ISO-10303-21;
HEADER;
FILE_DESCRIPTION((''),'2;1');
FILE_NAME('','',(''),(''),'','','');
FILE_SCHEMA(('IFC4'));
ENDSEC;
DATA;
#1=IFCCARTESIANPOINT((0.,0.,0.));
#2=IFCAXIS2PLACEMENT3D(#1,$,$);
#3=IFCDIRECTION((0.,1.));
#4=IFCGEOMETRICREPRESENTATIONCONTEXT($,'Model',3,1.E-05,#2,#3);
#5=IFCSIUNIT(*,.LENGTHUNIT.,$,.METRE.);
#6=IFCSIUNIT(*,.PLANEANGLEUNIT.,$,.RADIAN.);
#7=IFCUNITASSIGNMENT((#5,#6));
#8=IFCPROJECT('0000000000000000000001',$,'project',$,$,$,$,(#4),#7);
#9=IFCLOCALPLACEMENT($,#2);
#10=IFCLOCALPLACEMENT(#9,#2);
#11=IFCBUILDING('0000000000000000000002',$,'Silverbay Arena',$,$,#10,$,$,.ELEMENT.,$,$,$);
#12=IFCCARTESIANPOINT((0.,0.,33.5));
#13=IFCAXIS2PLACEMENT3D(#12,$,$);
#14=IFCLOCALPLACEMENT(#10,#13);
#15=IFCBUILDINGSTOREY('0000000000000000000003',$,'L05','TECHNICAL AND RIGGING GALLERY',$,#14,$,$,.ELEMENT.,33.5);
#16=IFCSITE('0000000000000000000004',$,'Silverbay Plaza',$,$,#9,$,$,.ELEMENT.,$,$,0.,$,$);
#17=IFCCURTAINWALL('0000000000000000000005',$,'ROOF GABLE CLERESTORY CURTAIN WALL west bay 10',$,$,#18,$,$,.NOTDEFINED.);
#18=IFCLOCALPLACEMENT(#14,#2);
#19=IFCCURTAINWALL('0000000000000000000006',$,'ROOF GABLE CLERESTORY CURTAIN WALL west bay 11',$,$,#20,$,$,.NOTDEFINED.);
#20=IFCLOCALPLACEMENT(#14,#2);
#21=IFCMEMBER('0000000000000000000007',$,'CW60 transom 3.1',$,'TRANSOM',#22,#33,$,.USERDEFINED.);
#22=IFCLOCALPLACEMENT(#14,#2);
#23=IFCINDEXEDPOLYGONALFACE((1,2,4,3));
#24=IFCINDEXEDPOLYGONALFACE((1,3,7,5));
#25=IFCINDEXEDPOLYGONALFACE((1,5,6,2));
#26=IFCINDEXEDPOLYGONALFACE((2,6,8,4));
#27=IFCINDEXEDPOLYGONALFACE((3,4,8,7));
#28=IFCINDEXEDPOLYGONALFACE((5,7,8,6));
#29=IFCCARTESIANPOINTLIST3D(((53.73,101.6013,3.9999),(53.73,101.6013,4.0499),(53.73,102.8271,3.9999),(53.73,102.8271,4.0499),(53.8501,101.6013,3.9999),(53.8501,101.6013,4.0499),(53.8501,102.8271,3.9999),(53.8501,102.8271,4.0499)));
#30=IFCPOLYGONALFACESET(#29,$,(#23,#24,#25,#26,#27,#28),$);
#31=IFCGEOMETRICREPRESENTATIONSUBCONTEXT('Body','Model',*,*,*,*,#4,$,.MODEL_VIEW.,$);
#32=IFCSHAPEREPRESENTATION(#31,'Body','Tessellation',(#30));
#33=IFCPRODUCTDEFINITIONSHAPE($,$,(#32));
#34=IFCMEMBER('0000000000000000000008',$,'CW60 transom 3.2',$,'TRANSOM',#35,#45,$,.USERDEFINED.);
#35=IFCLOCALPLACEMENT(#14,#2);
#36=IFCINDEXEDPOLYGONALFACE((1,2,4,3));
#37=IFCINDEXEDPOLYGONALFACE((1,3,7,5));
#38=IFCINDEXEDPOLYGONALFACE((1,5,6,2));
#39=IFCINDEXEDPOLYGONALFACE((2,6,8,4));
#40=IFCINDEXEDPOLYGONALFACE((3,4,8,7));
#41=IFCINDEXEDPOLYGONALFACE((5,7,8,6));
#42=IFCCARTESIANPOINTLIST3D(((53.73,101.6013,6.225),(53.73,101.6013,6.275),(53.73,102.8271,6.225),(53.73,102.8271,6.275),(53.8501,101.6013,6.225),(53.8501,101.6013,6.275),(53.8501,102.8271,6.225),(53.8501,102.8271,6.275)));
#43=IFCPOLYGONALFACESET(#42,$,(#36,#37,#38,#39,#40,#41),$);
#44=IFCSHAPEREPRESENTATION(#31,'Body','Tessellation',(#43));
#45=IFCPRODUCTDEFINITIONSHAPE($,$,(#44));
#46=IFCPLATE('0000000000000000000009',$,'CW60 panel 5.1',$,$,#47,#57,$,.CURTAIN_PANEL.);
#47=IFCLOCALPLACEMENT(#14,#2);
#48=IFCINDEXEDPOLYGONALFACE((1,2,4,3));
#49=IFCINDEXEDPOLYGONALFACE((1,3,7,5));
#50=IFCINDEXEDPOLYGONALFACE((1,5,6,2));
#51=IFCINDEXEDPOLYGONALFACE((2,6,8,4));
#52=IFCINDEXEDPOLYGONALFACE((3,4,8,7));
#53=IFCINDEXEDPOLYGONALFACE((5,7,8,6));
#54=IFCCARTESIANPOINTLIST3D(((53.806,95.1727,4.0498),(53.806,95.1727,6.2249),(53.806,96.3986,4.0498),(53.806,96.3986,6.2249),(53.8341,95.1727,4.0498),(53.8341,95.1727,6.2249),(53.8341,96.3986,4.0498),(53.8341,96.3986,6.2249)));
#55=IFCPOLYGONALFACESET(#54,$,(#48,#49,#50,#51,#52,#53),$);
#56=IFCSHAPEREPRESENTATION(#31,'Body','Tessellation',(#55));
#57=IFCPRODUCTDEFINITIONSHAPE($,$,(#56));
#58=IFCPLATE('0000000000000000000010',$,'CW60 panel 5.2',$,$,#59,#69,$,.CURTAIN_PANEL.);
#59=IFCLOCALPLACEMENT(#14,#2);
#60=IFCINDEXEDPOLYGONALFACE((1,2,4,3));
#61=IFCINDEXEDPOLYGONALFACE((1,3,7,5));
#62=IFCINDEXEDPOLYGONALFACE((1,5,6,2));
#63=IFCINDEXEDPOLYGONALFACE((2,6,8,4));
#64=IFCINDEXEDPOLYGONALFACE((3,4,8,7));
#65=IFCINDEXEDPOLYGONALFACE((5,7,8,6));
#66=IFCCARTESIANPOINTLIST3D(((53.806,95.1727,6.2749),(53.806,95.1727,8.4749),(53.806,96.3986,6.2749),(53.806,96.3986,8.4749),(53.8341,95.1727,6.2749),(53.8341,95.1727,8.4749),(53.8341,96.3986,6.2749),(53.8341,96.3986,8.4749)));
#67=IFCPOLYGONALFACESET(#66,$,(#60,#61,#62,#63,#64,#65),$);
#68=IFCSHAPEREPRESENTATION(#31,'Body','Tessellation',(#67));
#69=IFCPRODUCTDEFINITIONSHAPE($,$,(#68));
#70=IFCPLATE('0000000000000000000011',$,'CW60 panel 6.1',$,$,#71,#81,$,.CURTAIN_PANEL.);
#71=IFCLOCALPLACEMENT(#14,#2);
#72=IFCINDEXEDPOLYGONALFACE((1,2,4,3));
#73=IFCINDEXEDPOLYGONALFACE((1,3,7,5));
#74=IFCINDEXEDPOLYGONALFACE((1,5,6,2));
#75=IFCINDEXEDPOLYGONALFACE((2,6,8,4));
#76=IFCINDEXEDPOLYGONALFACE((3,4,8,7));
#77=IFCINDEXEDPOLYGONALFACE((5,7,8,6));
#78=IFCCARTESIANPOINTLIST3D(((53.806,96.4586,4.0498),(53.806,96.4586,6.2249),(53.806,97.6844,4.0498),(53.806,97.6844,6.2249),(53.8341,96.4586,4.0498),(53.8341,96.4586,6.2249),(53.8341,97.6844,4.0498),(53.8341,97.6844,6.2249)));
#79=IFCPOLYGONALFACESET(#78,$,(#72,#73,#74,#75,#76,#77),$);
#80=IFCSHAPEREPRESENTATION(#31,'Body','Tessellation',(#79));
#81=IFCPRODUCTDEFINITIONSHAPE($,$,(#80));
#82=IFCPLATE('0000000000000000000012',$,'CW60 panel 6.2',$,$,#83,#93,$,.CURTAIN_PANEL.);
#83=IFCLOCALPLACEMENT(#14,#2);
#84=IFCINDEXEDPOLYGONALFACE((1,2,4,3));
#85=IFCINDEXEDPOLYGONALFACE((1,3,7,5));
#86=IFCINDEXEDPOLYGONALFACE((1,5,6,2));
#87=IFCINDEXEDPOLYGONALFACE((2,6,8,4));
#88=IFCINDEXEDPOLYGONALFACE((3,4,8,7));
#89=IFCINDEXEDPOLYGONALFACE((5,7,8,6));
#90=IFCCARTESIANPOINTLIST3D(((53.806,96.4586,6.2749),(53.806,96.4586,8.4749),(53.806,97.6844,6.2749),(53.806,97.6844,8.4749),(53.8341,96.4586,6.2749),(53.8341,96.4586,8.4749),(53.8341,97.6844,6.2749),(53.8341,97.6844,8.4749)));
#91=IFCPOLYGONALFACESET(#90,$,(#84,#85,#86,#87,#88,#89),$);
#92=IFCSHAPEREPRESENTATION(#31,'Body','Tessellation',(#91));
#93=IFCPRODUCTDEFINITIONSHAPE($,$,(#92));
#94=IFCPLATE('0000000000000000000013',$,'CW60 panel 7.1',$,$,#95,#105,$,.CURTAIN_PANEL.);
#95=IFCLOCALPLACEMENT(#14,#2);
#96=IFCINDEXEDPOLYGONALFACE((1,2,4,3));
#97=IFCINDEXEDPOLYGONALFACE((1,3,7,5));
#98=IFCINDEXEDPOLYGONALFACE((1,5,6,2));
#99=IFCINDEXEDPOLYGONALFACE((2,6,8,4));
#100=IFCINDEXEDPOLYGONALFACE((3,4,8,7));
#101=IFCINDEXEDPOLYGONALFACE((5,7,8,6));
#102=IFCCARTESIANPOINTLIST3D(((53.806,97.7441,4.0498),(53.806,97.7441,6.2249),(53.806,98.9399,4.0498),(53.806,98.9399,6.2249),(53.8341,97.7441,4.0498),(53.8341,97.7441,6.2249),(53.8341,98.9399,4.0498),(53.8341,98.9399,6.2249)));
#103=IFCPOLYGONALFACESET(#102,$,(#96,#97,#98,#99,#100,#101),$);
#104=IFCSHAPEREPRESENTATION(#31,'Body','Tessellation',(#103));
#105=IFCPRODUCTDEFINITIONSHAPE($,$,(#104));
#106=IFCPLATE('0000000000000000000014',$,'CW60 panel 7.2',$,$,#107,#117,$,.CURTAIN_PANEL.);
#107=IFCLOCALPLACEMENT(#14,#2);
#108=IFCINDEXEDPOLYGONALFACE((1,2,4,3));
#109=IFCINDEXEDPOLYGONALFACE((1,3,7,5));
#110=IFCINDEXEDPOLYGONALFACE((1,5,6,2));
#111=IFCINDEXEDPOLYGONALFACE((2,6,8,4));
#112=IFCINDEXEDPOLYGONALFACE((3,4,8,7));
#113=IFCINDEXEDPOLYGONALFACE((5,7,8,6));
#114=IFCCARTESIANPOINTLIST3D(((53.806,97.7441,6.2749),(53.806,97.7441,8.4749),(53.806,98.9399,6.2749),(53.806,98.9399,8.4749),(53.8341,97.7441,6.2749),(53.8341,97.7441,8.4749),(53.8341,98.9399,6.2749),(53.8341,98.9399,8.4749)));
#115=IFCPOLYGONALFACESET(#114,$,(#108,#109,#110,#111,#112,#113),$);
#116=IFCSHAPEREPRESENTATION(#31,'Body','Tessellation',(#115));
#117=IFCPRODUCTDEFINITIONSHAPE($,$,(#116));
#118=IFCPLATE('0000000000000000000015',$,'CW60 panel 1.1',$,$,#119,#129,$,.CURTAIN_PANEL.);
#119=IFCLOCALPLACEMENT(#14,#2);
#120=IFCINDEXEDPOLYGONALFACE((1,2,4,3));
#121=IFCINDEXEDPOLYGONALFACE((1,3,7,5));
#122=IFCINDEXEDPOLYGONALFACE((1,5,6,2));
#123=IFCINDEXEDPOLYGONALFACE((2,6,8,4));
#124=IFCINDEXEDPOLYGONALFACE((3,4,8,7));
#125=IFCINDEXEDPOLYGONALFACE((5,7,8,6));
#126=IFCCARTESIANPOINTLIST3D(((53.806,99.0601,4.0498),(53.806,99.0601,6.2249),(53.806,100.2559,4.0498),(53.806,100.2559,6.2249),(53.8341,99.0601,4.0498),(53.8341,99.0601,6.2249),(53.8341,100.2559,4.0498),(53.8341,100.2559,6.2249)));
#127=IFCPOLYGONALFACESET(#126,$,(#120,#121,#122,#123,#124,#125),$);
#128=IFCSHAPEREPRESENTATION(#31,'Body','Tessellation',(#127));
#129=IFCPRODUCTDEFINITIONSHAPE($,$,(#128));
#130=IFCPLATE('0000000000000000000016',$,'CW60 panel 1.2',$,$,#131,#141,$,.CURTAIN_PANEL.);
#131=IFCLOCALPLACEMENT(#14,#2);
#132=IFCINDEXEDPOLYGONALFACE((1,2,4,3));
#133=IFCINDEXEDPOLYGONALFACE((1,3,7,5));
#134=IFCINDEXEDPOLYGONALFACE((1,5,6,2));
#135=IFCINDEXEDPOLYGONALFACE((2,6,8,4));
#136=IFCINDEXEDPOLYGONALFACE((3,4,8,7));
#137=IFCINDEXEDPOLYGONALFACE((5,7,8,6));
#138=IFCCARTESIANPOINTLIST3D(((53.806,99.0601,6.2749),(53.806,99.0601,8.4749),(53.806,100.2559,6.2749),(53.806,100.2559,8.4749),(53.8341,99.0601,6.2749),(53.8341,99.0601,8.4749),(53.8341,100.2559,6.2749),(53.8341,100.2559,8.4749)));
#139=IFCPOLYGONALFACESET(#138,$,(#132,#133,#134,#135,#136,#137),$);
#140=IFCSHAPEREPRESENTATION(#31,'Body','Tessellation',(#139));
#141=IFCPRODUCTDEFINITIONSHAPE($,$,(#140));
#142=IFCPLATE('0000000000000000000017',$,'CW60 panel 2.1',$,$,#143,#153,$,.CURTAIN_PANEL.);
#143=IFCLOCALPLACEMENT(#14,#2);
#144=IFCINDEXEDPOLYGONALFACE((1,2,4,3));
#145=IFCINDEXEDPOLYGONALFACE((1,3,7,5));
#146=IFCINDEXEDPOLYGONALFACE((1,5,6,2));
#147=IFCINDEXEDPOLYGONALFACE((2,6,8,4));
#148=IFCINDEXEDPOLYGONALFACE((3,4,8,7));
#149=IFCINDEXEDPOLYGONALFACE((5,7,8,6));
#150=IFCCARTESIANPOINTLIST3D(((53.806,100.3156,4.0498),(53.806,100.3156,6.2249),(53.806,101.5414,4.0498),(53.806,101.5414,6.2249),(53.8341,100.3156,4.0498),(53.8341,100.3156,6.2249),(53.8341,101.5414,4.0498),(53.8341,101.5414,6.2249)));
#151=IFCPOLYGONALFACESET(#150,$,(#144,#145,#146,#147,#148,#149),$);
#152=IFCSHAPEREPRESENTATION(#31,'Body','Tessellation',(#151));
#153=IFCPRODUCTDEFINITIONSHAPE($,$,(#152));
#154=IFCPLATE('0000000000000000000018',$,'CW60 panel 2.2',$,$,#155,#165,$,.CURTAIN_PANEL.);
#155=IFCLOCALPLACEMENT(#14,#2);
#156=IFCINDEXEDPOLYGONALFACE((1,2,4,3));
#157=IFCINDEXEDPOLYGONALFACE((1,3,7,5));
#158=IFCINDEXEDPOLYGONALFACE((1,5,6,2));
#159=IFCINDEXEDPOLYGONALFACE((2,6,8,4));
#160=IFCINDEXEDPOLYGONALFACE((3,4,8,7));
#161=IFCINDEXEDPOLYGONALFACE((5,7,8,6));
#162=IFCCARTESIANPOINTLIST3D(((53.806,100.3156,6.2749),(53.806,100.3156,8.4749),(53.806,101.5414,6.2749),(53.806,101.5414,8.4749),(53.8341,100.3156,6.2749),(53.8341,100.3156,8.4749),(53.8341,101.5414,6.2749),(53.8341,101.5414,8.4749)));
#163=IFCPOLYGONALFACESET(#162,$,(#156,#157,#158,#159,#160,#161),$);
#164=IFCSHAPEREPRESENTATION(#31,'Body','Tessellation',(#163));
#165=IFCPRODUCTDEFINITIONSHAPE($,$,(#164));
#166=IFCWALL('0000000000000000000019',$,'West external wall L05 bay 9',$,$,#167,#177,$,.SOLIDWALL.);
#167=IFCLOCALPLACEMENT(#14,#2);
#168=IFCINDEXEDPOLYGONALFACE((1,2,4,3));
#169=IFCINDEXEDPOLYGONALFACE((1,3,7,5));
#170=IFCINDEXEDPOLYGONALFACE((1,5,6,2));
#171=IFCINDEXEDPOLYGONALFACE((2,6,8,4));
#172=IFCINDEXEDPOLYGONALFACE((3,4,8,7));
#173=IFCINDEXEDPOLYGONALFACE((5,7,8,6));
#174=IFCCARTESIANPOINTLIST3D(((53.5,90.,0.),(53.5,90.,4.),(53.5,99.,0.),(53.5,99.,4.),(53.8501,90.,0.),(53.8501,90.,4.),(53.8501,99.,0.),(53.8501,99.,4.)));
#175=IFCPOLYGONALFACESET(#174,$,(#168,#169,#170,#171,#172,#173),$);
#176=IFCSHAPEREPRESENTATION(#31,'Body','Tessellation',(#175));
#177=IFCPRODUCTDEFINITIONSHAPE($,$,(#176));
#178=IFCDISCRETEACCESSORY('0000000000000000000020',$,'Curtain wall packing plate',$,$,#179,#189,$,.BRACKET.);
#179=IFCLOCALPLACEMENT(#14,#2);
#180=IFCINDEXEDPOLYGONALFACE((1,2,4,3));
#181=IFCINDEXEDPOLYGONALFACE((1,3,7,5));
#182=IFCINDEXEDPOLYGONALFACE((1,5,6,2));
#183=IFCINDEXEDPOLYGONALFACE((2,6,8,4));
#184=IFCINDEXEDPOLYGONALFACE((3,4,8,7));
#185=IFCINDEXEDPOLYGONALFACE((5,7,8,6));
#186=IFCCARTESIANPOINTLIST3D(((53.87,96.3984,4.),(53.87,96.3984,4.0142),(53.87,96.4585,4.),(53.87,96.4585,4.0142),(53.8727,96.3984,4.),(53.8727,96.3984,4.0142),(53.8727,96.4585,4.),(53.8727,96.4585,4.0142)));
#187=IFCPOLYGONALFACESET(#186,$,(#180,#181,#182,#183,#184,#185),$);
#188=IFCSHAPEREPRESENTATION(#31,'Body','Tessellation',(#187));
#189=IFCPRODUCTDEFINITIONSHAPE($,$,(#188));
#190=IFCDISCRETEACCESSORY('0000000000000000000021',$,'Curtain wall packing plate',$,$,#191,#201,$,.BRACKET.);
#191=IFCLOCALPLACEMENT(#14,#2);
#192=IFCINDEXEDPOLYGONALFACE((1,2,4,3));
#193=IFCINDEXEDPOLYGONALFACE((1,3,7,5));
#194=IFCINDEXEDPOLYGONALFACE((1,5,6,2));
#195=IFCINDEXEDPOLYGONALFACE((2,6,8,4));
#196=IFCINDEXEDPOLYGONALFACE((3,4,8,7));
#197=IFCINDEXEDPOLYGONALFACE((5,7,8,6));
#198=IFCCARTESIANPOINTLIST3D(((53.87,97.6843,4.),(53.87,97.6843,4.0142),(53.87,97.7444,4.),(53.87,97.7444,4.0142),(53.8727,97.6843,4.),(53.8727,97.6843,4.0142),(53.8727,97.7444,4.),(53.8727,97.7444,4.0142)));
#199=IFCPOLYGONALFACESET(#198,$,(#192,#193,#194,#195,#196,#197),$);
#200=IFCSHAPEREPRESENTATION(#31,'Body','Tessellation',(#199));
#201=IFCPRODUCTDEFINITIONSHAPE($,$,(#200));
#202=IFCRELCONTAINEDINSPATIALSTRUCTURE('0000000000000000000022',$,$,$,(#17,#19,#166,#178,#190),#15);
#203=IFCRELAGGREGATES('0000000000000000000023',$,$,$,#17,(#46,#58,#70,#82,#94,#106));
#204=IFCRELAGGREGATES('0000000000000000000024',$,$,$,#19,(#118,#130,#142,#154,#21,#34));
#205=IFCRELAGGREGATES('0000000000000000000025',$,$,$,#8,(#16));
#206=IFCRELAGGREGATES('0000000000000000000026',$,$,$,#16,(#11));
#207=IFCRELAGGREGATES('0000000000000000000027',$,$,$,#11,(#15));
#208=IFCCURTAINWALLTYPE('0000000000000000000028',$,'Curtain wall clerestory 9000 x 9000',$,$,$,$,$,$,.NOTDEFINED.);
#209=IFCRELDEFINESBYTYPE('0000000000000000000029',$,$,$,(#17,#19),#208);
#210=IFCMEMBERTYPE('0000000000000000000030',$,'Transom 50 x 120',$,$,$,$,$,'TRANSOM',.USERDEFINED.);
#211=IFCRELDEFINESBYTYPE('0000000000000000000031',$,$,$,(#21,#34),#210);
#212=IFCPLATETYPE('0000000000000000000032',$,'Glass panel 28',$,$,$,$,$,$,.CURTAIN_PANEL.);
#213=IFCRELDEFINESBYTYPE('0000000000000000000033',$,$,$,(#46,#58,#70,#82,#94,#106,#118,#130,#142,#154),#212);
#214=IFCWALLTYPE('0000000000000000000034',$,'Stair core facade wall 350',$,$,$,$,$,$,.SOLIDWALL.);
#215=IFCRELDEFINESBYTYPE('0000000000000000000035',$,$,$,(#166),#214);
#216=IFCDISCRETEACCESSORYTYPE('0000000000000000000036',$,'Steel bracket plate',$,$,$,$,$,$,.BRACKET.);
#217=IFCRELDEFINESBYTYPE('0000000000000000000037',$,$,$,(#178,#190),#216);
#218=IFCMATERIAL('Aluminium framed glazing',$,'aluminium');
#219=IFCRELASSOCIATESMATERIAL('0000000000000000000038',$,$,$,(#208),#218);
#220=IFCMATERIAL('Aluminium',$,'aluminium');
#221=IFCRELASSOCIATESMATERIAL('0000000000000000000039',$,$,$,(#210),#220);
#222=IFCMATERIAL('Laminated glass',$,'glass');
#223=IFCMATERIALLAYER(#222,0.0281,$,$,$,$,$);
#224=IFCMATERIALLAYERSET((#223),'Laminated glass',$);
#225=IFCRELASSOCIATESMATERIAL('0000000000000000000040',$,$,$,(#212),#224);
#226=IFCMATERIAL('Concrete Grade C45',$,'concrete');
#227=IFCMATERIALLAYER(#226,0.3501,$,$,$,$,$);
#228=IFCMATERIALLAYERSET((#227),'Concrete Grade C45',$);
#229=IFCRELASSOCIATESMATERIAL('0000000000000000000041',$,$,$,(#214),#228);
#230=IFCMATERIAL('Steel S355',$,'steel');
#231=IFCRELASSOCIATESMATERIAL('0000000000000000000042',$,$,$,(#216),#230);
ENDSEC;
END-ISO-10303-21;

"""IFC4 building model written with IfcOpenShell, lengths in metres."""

from ifc_helpers import new_model, si_unit, direction, frame, frame_2d, origin, origin_2d, place, context, subcontext, project, spatial, rectangle, extrude, material, layer, layer_set, material_profile, profile_set, type_object, element, aggregate, save


model = new_model("IFC4")

# Units and contexts
model_context = context("Model", 3, precision=1e-05, world=origin(), true_north=direction((0.0, 1.0)))
body_context = subcontext(model_context, "Body", "Model", "MODEL_VIEW")
ifc_project = project(units=[si_unit("LENGTHUNIT", "METRE"), si_unit("PLANEANGLEUNIT", "RADIAN")], contexts=[model_context])

# Site, building, storey
site_placement = place(None, origin())
site = spatial("IfcSite", under=ifc_project, at=site_placement, Name="Silverbay Plaza", CompositionType="ELEMENT", RefElevation=0.0)
building_placement = place(site_placement, origin())
building = spatial("IfcBuilding", under=site, at=building_placement, Name="Silverbay Arena", CompositionType="ELEMENT")
storey_placement = place(building_placement, frame((0.0, 0.0, 33.5)))
storey = spatial("IfcBuildingStorey", under=building, at=storey_placement, Name="L05", Description="TECHNICAL AND RIGGING GALLERY", CompositionType="ELEMENT", Elevation=33.5)

# Curtain walls
ifc_material_1 = material(Name="Aluminium framed glazing", Category="aluminium")
curtain_wall_type = type_object("IfcCurtainWallType", Name="Curtain wall clerestory 9000 x 9000", PredefinedType="NOTDEFINED", material=ifc_material_1)
curtain_wall_1_placement = place(storey_placement, origin())
curtain_wall_1 = element("IfcCurtainWall", 1, at=curtain_wall_1_placement, inside=storey, type_object=curtain_wall_type, Name="ROOF GABLE CLERESTORY CURTAIN WALL west bay 10", PredefinedType="NOTDEFINED")
curtain_wall_2_placement = place(storey_placement, origin())
curtain_wall_2 = element("IfcCurtainWall", 2, at=curtain_wall_2_placement, inside=storey, type_object=curtain_wall_type, Name="ROOF GABLE CLERESTORY CURTAIN WALL west bay 11", PredefinedType="NOTDEFINED")

# Members
ifc_material_2 = material(Name="Aluminium", Category="aluminium")
ifc_material_profile_1 = material_profile(ifc_material_2, rectangle(XDim=0.1201, YDim=0.05, at=origin_2d()), Name="Transom 50 x 120")
ifc_profile_set_1 = profile_set([ifc_material_profile_1], Name="Aluminium")
member_type_1 = type_object("IfcMemberType", Name="Transom 50 x 120", ElementType="TRANSOM", PredefinedType="USERDEFINED", material=ifc_profile_set_1)
member_1_placement = place(storey_placement, frame((53.79, 101.6013, 4.0249), z_axis=(0.0, 1.0, 0.0), x_axis=(-1.0, 0.0, 0.0)))
member_1 = element("IfcMember", 3, at=member_1_placement, type_object=member_type_1, Name="CW60 transom 3.1", ObjectType="TRANSOM", PredefinedType="USERDEFINED", context=body_context, shape_type="SweptSolid", body=[
    extrude(rectangle(XDim=0.1201, YDim=0.05, at=origin_2d()), origin(), (0.0, 0.0, 1.0), 1.2258),
])
member_2_placement = place(storey_placement, frame((53.79, 101.6013, 6.25), z_axis=(0.0, 1.0, 0.0), x_axis=(-1.0, 0.0, 0.0)))
member_2 = element("IfcMember", 4, at=member_2_placement, type_object=member_type_1, Name="CW60 transom 3.2", ObjectType="TRANSOM", PredefinedType="USERDEFINED", context=body_context, shape_type="SweptSolid", body=[
    extrude(rectangle(XDim=0.1201, YDim=0.05, at=origin_2d()), origin(), (0.0, 0.0, 1.0), 1.2258),
])

# Plates
ifc_material_3 = material(Name="Laminated glass", Category="glass")
ifc_layer_1 = layer(ifc_material_3, 0.0281)
ifc_layer_set_1 = layer_set([ifc_layer_1], Name="Laminated glass")
plate_type = type_object("IfcPlateType", Name="Glass panel 28", PredefinedType="CURTAIN_PANEL", material=ifc_layer_set_1)
plate_1_placement = place(storey_placement, frame((53.8201, 95.7856, 4.0498), z_axis=(0.0, 0.0, 1.0), x_axis=(0.0, 1.0, 0.0)))
plate_1 = element("IfcPlate", 5, at=plate_1_placement, type_object=plate_type, Name="CW60 panel 5.1", PredefinedType="CURTAIN_PANEL", context=body_context, shape_type="SweptSolid", body=[
    extrude(rectangle(XDim=1.2258, YDim=0.0281, at=origin_2d()), origin(), (0.0, 0.0, 1.0), 2.175),
])
plate_2_placement = place(storey_placement, frame((53.8201, 95.7856, 6.2749), z_axis=(0.0, 0.0, 1.0), x_axis=(0.0, 1.0, 0.0)))
plate_2 = element("IfcPlate", 6, at=plate_2_placement, type_object=plate_type, Name="CW60 panel 5.2", PredefinedType="CURTAIN_PANEL", context=body_context, shape_type="SweptSolid", body=[
    extrude(rectangle(XDim=1.2258, YDim=0.0281, at=origin_2d()), origin(), (0.0, 0.0, 1.0), 2.2),
])
plate_3_placement = place(storey_placement, frame((53.8201, 97.0715, 4.0498), z_axis=(0.0, 0.0, 1.0), x_axis=(0.0, 1.0, 0.0)))
plate_3 = element("IfcPlate", 7, at=plate_3_placement, type_object=plate_type, Name="CW60 panel 6.1", PredefinedType="CURTAIN_PANEL", context=body_context, shape_type="SweptSolid", body=[
    extrude(rectangle(XDim=1.2258, YDim=0.0281, at=origin_2d()), origin(), (0.0, 0.0, 1.0), 2.175),
])
plate_4_placement = place(storey_placement, frame((53.8201, 97.0715, 6.2749), z_axis=(0.0, 0.0, 1.0), x_axis=(0.0, 1.0, 0.0)))
plate_4 = element("IfcPlate", 8, at=plate_4_placement, type_object=plate_type, Name="CW60 panel 6.2", PredefinedType="CURTAIN_PANEL", context=body_context, shape_type="SweptSolid", body=[
    extrude(rectangle(XDim=1.2258, YDim=0.0281, at=origin_2d()), origin(), (0.0, 0.0, 1.0), 2.2),
])
plate_5_placement = place(storey_placement, frame((53.8201, 98.342, 4.0498), z_axis=(0.0, 0.0, 1.0), x_axis=(0.0, 1.0, 0.0)))
plate_5 = element("IfcPlate", 9, at=plate_5_placement, type_object=plate_type, Name="CW60 panel 7.1", PredefinedType="CURTAIN_PANEL", context=body_context, shape_type="SweptSolid", body=[
    extrude(rectangle(XDim=1.1958, YDim=0.0281, at=origin_2d()), origin(), (0.0, 0.0, 1.0), 2.175),
])
plate_6_placement = place(storey_placement, frame((53.8201, 98.342, 6.2749), z_axis=(0.0, 0.0, 1.0), x_axis=(0.0, 1.0, 0.0)))
plate_6 = element("IfcPlate", 10, at=plate_6_placement, type_object=plate_type, Name="CW60 panel 7.2", PredefinedType="CURTAIN_PANEL", context=body_context, shape_type="SweptSolid", body=[
    extrude(rectangle(XDim=1.1958, YDim=0.0281, at=origin_2d()), origin(), (0.0, 0.0, 1.0), 2.2),
])
aggregate(curtain_wall_1, [plate_1, plate_2, plate_3, plate_4, plate_5, plate_6])
plate_7_placement = place(storey_placement, frame((53.8201, 99.658, 4.0498), z_axis=(0.0, 0.0, 1.0), x_axis=(0.0, 1.0, 0.0)))
plate_7 = element("IfcPlate", 11, at=plate_7_placement, type_object=plate_type, Name="CW60 panel 1.1", PredefinedType="CURTAIN_PANEL", context=body_context, shape_type="SweptSolid", body=[
    extrude(rectangle(XDim=1.1958, YDim=0.0281, at=origin_2d()), origin(), (0.0, 0.0, 1.0), 2.175),
])
plate_8_placement = place(storey_placement, frame((53.8201, 99.658, 6.2749), z_axis=(0.0, 0.0, 1.0), x_axis=(0.0, 1.0, 0.0)))
plate_8 = element("IfcPlate", 12, at=plate_8_placement, type_object=plate_type, Name="CW60 panel 1.2", PredefinedType="CURTAIN_PANEL", context=body_context, shape_type="SweptSolid", body=[
    extrude(rectangle(XDim=1.1958, YDim=0.0281, at=origin_2d()), origin(), (0.0, 0.0, 1.0), 2.2),
])
plate_9_placement = place(storey_placement, frame((53.8201, 100.9285, 4.0498), z_axis=(0.0, 0.0, 1.0), x_axis=(0.0, 1.0, 0.0)))
plate_9 = element("IfcPlate", 13, at=plate_9_placement, type_object=plate_type, Name="CW60 panel 2.1", PredefinedType="CURTAIN_PANEL", context=body_context, shape_type="SweptSolid", body=[
    extrude(rectangle(XDim=1.2258, YDim=0.0281, at=origin_2d()), origin(), (0.0, 0.0, 1.0), 2.175),
])
plate_10_placement = place(storey_placement, frame((53.8201, 100.9285, 6.2749), z_axis=(0.0, 0.0, 1.0), x_axis=(0.0, 1.0, 0.0)))
plate_10 = element("IfcPlate", 14, at=plate_10_placement, type_object=plate_type, Name="CW60 panel 2.2", PredefinedType="CURTAIN_PANEL", context=body_context, shape_type="SweptSolid", body=[
    extrude(rectangle(XDim=1.2258, YDim=0.0281, at=origin_2d()), origin(), (0.0, 0.0, 1.0), 2.2),
])
aggregate(curtain_wall_2, [plate_7, plate_8, plate_9, plate_10, member_1, member_2])

# Wall
ifc_material_4 = material(Name="Concrete Grade C45", Category="concrete")
ifc_layer_2 = layer(ifc_material_4, 0.3501)
ifc_layer_set_2 = layer_set([ifc_layer_2], Name="Concrete Grade C45")
wall_type = type_object("IfcWallType", Name="Stair core facade wall 350", PredefinedType="SOLIDWALL", material=ifc_layer_set_2)
wall_placement = place(storey_placement, frame((53.675, 99.0, 0.0), z_axis=(0.0, 0.0, 1.0), x_axis=(0.0, -1.0, 0.0)))
element("IfcWall", 15, at=wall_placement, inside=storey, type_object=wall_type, Name="West external wall L05 bay 9", PredefinedType="SOLIDWALL", context=body_context, shape_type="SweptSolid", body=[
    extrude(rectangle(XDim=9.0, YDim=0.3501, at=frame_2d((4.5, 0.0))), origin(), (0.0, 0.0, 1.0), 4.0),
])

# Discrete accessories
ifc_material_5 = material(Name="Steel S355", Category="steel")
discrete_accessory_type = type_object("IfcDiscreteAccessoryType", Name="Steel bracket plate", PredefinedType="BRACKET", material=ifc_material_5)
for number, where, z_axis, x_axis, name in (
    (16, (53.8713, 96.4285, 4.0), (0.0, 0.0, 1.0), (1.0, 0.0, 0.0), "Curtain wall packing plate"),
    (17, (53.8713, 97.7144, 4.0), (0.0, 0.0, 1.0), (1.0, 0.0, 0.0), "Curtain wall packing plate"),
):
    element("IfcDiscreteAccessory", number, at=place(storey_placement, frame(where, z_axis=z_axis, x_axis=x_axis)), inside=storey, type_object=discrete_accessory_type, Name=name, PredefinedType="BRACKET", context=body_context, shape_type="SweptSolid", body=[
        extrude(rectangle(XDim=0.0027, YDim=0.0601, at=origin_2d()), origin(), (0.0, 0.0, 1.0), 0.0142),
    ])

save(model, "model.ifc")
